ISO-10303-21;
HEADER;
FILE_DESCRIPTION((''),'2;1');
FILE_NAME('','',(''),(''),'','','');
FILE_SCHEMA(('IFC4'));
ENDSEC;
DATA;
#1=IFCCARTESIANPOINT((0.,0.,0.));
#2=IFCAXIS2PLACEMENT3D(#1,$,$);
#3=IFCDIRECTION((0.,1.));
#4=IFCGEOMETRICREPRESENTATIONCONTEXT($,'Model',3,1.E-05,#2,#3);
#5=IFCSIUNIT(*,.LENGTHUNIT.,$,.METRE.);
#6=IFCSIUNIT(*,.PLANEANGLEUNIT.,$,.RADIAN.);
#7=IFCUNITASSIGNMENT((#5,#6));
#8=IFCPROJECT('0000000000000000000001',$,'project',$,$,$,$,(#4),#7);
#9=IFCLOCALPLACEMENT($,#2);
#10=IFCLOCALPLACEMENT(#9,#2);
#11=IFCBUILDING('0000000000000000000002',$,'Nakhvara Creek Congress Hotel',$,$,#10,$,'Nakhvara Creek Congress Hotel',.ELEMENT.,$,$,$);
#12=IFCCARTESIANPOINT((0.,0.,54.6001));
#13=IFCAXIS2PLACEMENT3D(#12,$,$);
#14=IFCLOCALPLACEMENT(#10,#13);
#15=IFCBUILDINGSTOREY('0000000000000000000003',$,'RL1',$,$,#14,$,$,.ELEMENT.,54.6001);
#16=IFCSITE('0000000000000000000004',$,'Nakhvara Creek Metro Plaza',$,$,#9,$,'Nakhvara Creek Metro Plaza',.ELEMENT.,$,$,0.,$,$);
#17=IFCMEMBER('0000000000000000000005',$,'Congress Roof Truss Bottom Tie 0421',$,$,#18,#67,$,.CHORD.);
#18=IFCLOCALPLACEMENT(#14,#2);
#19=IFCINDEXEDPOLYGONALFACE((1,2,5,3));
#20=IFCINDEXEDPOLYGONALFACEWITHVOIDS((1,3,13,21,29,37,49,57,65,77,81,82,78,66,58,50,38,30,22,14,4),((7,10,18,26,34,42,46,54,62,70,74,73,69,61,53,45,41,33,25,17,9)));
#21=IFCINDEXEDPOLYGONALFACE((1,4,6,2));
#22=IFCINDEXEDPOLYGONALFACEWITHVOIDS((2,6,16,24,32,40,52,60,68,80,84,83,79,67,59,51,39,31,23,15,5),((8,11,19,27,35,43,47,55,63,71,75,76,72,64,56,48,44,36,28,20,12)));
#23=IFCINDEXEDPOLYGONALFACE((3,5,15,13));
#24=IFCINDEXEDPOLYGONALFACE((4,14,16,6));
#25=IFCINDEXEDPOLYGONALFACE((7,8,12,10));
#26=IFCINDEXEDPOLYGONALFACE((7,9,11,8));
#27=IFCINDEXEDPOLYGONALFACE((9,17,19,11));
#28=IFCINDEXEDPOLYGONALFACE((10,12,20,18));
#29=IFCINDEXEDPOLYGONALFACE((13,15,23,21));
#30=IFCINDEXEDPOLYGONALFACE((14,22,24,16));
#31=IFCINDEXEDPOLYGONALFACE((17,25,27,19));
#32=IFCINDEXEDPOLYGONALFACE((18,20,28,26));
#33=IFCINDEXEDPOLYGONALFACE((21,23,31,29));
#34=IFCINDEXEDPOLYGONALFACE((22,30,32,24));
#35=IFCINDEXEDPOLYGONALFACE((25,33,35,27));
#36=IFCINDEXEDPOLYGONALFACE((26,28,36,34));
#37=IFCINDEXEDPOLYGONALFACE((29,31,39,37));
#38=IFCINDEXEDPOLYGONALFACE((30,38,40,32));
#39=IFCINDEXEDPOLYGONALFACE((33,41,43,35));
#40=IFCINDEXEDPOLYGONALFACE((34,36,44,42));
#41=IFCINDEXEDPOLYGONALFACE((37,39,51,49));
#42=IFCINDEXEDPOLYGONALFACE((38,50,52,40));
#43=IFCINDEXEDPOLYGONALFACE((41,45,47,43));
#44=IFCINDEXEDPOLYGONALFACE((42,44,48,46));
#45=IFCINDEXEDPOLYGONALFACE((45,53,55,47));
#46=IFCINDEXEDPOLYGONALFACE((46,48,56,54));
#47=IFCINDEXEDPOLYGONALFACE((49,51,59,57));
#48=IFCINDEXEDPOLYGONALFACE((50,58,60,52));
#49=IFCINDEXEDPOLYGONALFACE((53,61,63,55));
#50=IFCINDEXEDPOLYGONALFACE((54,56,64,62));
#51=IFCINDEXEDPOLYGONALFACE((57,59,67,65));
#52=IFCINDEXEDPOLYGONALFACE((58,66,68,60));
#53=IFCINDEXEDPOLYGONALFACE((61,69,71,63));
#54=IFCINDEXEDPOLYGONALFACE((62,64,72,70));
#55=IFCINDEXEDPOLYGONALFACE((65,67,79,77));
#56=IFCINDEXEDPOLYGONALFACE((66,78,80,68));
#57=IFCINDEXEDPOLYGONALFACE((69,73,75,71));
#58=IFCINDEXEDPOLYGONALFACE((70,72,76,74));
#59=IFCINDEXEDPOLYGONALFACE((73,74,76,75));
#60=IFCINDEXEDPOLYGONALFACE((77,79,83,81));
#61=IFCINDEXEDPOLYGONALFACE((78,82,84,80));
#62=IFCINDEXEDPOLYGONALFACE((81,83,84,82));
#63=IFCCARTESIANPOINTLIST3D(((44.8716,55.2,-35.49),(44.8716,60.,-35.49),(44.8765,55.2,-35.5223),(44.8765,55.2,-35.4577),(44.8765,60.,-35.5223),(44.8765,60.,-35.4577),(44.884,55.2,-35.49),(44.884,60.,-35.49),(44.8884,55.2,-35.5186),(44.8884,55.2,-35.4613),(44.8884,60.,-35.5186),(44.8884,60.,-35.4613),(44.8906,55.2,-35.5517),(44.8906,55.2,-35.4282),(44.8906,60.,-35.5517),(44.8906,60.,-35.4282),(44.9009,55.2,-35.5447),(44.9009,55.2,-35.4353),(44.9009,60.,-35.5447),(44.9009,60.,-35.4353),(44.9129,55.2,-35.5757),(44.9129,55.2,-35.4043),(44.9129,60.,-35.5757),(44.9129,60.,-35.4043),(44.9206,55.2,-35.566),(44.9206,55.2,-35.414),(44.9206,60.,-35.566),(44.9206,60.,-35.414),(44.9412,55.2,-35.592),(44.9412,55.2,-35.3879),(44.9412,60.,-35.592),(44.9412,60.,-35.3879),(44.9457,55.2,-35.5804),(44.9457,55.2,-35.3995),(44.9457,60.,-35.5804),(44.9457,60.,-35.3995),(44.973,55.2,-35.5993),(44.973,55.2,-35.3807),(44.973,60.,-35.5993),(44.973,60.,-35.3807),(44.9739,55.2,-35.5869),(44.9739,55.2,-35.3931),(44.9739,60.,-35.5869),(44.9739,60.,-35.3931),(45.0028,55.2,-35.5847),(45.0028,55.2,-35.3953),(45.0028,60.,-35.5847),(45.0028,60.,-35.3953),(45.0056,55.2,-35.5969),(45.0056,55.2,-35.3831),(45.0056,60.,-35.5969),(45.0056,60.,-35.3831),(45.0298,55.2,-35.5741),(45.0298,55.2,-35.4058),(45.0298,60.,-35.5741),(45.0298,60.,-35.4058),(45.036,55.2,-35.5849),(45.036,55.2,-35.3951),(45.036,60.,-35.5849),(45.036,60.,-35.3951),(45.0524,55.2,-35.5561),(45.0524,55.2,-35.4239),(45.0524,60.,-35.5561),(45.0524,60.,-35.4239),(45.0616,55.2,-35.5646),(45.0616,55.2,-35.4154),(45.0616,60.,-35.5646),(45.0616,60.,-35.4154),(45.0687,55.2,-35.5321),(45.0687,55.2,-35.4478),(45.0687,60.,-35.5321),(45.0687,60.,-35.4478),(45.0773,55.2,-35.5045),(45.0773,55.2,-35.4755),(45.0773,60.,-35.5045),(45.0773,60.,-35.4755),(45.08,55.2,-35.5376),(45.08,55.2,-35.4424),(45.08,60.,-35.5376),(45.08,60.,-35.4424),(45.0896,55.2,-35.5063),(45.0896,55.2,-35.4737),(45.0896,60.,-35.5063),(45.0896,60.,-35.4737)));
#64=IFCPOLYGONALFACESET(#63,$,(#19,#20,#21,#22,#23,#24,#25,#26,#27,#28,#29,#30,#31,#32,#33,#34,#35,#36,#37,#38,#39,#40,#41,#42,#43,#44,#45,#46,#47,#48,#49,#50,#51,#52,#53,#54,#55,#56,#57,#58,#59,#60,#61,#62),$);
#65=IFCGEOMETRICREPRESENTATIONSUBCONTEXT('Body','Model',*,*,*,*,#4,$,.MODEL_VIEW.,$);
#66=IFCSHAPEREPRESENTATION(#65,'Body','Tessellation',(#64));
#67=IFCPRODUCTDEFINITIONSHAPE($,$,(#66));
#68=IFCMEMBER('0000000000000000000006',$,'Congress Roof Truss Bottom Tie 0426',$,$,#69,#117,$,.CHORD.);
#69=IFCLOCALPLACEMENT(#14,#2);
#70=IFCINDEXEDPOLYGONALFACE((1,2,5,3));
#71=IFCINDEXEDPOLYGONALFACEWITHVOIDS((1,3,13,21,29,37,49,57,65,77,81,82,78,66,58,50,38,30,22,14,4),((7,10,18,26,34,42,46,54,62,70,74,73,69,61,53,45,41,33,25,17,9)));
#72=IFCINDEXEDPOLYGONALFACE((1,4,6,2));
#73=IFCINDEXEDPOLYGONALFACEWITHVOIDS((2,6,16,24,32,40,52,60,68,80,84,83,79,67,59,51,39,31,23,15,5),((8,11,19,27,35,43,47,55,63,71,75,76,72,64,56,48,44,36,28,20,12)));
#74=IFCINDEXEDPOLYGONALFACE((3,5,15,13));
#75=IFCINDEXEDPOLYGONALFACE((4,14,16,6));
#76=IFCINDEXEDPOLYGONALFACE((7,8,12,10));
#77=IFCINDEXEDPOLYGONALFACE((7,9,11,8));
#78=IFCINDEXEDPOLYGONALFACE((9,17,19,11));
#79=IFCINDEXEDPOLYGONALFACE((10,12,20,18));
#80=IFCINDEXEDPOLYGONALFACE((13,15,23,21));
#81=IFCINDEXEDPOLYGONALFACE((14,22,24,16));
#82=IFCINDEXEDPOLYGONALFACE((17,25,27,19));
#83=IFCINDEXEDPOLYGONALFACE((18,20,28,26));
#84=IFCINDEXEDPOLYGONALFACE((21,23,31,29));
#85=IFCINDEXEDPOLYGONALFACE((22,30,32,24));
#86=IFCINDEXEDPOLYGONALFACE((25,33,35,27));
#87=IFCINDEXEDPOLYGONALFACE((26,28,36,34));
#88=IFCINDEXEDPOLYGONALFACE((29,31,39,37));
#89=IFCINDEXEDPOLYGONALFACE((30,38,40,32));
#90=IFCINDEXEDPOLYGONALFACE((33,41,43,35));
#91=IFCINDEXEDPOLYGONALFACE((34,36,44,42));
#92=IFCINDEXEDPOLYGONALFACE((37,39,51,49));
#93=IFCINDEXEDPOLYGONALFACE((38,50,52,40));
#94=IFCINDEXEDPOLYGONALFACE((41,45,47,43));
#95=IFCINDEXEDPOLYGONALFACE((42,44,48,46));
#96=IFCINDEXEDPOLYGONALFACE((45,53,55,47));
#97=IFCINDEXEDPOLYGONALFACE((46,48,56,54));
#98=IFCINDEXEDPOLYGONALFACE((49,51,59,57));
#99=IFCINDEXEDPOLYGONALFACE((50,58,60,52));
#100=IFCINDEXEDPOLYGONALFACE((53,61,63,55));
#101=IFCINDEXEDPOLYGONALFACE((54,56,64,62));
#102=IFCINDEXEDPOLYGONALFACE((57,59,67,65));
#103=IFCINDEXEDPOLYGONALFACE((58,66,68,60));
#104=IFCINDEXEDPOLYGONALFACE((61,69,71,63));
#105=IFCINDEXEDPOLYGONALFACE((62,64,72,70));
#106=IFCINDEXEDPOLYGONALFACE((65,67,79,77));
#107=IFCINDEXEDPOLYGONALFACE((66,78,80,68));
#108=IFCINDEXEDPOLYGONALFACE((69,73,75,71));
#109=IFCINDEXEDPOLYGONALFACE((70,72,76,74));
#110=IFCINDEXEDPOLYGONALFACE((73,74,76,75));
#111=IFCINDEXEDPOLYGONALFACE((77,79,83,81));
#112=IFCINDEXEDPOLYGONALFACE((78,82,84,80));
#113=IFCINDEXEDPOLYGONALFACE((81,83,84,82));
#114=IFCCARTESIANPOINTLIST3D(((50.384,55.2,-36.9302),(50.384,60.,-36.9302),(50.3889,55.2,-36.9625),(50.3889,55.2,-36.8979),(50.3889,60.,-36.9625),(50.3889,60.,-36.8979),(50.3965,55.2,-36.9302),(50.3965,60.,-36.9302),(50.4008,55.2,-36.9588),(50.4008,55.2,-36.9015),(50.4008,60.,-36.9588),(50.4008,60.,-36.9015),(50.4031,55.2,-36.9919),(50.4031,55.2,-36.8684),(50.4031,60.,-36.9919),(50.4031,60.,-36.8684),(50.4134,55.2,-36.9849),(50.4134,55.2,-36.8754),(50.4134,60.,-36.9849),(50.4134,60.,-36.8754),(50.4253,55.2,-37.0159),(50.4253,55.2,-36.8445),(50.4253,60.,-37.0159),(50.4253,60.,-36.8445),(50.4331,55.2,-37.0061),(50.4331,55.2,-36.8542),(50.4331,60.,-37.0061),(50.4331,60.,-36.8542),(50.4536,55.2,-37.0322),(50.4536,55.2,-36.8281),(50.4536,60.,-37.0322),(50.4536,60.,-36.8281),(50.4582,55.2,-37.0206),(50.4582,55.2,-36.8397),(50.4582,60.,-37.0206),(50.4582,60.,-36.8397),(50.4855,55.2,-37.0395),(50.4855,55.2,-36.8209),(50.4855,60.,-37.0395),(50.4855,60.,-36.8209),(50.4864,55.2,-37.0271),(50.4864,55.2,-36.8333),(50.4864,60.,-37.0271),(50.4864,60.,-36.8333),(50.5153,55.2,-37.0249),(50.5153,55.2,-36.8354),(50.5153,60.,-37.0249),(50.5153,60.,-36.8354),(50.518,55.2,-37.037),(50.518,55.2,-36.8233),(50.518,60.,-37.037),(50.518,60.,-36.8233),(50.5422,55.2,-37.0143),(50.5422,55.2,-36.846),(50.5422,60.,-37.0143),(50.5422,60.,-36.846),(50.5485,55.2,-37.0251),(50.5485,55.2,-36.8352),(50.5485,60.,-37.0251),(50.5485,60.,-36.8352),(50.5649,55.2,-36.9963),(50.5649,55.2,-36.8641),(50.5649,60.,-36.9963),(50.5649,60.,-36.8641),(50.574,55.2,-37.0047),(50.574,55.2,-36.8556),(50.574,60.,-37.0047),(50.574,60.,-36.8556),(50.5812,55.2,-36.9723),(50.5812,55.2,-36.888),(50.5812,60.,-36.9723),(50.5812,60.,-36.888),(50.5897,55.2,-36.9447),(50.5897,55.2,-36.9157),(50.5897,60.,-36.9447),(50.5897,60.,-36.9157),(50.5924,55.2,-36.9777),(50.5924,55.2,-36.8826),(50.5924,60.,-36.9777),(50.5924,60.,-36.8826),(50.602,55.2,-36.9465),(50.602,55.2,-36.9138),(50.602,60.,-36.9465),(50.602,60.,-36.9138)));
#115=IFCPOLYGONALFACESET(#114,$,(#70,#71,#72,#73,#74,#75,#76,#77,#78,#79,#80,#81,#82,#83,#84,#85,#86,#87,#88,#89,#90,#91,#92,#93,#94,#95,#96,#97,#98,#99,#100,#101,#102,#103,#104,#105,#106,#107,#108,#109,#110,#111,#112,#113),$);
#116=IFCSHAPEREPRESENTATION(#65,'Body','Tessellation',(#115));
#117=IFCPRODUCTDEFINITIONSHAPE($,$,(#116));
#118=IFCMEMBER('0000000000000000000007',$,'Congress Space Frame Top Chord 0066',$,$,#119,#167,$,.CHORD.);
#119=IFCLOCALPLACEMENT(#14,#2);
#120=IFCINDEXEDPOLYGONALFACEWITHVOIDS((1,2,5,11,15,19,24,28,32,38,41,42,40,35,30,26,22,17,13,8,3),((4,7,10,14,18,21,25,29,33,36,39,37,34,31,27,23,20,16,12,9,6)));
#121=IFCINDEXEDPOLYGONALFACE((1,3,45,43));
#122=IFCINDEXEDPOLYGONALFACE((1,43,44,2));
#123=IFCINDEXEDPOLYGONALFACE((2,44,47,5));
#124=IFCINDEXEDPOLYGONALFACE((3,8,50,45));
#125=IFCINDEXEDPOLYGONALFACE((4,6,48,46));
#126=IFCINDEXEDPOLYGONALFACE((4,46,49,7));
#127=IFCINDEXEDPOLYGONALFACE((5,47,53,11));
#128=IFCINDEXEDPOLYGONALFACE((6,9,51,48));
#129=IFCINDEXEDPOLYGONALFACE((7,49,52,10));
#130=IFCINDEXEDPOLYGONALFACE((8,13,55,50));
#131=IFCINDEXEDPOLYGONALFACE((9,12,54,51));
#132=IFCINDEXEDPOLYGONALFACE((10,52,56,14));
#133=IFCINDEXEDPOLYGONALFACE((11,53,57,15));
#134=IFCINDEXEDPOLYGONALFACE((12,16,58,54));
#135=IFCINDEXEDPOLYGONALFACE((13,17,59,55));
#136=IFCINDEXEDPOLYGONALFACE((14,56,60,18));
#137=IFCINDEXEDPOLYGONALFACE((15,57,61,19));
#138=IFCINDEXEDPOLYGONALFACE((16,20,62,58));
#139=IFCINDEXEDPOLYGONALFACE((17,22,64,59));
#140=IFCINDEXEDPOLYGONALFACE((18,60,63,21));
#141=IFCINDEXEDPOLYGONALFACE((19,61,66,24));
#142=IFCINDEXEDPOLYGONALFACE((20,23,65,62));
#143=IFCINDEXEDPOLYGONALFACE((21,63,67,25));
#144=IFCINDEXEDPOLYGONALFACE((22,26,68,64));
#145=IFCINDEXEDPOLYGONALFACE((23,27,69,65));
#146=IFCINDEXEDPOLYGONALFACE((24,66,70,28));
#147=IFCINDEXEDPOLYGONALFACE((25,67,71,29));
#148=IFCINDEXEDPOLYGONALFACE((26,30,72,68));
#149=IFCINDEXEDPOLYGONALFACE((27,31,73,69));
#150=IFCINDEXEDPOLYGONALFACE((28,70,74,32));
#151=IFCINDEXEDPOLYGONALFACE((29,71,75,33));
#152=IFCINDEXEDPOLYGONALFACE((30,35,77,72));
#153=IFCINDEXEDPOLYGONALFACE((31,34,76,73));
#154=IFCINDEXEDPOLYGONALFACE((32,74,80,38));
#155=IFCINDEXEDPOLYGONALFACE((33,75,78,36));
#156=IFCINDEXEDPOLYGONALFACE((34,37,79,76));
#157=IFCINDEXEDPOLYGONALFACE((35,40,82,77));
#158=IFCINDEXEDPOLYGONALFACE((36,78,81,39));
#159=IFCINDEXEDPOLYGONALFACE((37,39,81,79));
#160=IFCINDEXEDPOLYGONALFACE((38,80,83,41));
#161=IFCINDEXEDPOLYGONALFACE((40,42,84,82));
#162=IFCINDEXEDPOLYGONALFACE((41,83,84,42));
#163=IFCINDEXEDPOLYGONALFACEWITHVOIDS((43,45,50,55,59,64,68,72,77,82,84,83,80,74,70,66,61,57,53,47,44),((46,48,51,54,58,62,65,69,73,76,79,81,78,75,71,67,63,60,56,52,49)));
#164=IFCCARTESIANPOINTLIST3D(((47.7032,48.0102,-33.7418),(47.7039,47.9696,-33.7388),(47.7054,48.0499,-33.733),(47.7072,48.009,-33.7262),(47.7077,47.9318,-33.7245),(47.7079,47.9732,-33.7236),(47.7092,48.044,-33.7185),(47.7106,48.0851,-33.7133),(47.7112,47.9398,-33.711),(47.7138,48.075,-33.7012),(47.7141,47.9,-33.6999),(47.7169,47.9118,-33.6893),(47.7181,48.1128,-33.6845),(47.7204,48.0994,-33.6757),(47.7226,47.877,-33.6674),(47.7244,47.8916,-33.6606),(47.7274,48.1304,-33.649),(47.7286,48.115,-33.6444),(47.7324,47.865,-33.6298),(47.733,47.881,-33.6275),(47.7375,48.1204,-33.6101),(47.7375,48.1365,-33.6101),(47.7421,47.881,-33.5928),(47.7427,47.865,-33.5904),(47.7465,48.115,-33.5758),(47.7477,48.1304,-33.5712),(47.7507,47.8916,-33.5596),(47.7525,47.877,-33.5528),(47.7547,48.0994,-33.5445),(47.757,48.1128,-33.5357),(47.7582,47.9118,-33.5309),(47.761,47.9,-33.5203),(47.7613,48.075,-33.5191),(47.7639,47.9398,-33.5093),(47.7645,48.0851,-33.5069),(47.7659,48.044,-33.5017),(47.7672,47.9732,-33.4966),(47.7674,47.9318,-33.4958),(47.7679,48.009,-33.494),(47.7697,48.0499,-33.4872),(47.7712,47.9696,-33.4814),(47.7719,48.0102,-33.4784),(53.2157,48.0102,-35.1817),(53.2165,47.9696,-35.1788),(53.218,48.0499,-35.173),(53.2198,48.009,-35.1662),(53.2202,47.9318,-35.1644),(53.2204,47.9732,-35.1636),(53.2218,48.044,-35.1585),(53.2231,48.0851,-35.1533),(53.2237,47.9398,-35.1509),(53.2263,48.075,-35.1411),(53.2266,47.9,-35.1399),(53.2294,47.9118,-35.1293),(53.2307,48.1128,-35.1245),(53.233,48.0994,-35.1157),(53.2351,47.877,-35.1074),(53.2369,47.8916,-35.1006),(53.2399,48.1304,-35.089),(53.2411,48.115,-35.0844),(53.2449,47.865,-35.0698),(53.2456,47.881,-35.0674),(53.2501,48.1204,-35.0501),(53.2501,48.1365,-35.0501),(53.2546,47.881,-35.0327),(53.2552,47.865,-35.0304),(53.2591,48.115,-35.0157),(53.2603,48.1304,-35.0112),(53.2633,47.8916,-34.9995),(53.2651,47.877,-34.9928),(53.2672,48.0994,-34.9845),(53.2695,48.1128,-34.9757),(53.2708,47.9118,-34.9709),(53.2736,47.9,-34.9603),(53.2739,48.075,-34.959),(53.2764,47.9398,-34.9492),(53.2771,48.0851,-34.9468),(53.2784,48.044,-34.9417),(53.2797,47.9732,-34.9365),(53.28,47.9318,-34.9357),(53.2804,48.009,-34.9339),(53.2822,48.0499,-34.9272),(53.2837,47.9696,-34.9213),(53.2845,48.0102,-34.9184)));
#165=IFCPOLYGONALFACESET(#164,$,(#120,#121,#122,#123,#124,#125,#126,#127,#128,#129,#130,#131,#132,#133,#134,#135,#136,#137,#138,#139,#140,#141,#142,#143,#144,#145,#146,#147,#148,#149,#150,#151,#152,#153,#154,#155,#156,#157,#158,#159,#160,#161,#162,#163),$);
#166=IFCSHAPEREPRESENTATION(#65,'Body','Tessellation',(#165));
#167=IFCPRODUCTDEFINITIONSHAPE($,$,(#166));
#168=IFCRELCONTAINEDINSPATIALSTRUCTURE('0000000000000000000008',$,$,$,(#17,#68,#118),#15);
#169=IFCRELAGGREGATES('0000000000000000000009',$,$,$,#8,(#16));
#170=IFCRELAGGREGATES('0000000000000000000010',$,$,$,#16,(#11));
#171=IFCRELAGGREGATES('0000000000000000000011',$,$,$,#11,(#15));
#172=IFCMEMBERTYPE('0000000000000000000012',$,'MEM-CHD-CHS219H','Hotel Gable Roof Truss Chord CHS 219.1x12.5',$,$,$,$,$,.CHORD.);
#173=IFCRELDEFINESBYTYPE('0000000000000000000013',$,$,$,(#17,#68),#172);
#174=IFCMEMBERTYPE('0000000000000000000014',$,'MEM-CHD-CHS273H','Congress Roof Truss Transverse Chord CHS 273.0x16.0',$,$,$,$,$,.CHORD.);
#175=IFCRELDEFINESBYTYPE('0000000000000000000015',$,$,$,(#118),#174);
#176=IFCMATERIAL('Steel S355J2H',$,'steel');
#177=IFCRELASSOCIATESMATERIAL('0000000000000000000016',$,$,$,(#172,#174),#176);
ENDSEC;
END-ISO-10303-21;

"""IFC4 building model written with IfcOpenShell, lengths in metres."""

from ifc_helpers import new_model, si_unit, direction, frame, origin, origin_2d, place, context, subcontext, project, spatial, hollow_circle, extrude, material, material_profile, profile_set, type_object, element, save


model = new_model("IFC4")

# Units and contexts
model_context = context("Model", 3, precision=1e-05, world=origin(), true_north=direction((0.0, 1.0)))
body_context = subcontext(model_context, "Body", "Model", "MODEL_VIEW")
ifc_project = project(units=[si_unit("LENGTHUNIT", "METRE"), si_unit("PLANEANGLEUNIT", "RADIAN")], contexts=[model_context])

# Site, building, storey
site_placement = place(None, origin())
site = spatial("IfcSite", under=ifc_project, at=site_placement, Name="Nakhvara Creek Metro Plaza", LongName="Nakhvara Creek Metro Plaza", CompositionType="ELEMENT", RefElevation=0.0)
building_placement = place(site_placement, origin())
building = spatial("IfcBuilding", under=site, at=building_placement, Name="Nakhvara Creek Congress Hotel", LongName="Nakhvara Creek Congress Hotel", CompositionType="ELEMENT")
storey_placement = place(building_placement, frame((0.0, 0.0, 54.6001)))
storey = spatial("IfcBuildingStorey", under=building, at=storey_placement, Name="RL1", CompositionType="ELEMENT", Elevation=54.6001)

# Members
ifc_material_1 = material(Name="Steel S355J2H", Category="steel")
ifc_material_profile_1 = material_profile(ifc_material_1, hollow_circle(Radius=0.1096, WallThickness=0.0125, at=origin_2d()), Name="CHS 219.1x12.5", Category="LoadBearing")
ifc_profile_set_1 = profile_set([ifc_material_profile_1], Name="Steel S355J2H")
member_type_1 = type_object("IfcMemberType", Name="MEM-CHD-CHS219H", Description="Hotel Gable Roof Truss Chord CHS 219.1x12.5", PredefinedType="CHORD", material=ifc_profile_set_1)
for number, where, z_axis, x_axis, name in (
    (1, (44.9812, 55.2, -35.49), (0.0, 1.0, 0.0), (-1.0, 0.0, 0.0), "Congress Roof Truss Bottom Tie 0421"),
    (2, (50.4937, 55.2, -36.9302), (0.0, 1.0, 0.0), (-1.0, 0.0, 0.0), "Congress Roof Truss Bottom Tie 0426"),
):
    element("IfcMember", number, at=place(storey_placement, frame(where, z_axis=z_axis, x_axis=x_axis)), inside=storey, type_object=member_type_1, Name=name, PredefinedType="CHORD", context=body_context, shape_type="SweptSolid", body=[
        extrude(hollow_circle(Radius=0.1096, WallThickness=0.0125, at=origin_2d()), origin(), (0.0, 0.0, 1.0), 4.8),
    ])
ifc_material_profile_2 = material_profile(ifc_material_1, hollow_circle(Radius=0.1365, WallThickness=0.0161, at=origin_2d()), Name="CHS 273.0x16.0", Category="LoadBearing")
ifc_profile_set_2 = profile_set([ifc_material_profile_2], Name="Steel S355J2H")
member_type_2 = type_object("IfcMemberType", Name="MEM-CHD-CHS273H", Description="Congress Roof Truss Transverse Chord CHS 273.0x16.0", PredefinedType="CHORD", material=ifc_profile_set_2)
for number, where, z_axis, x_axis, name in (
    (3, (47.7375, 48.0, -33.6101), (0.967535, 0.0, -0.252736), (0.0, 1.0, 0.0), "Congress Space Frame Top Chord 0066"),
):
    element("IfcMember", number, at=place(storey_placement, frame(where, z_axis=z_axis, x_axis=x_axis)), inside=storey, type_object=member_type_2, Name=name, PredefinedType="CHORD", context=body_context, shape_type="SweptSolid", body=[
        extrude(hollow_circle(Radius=0.1365, WallThickness=0.0161, at=origin_2d()), origin(), (0.0, 0.0, 1.0), 5.6975),
    ])

save(model, "model.ifc")
